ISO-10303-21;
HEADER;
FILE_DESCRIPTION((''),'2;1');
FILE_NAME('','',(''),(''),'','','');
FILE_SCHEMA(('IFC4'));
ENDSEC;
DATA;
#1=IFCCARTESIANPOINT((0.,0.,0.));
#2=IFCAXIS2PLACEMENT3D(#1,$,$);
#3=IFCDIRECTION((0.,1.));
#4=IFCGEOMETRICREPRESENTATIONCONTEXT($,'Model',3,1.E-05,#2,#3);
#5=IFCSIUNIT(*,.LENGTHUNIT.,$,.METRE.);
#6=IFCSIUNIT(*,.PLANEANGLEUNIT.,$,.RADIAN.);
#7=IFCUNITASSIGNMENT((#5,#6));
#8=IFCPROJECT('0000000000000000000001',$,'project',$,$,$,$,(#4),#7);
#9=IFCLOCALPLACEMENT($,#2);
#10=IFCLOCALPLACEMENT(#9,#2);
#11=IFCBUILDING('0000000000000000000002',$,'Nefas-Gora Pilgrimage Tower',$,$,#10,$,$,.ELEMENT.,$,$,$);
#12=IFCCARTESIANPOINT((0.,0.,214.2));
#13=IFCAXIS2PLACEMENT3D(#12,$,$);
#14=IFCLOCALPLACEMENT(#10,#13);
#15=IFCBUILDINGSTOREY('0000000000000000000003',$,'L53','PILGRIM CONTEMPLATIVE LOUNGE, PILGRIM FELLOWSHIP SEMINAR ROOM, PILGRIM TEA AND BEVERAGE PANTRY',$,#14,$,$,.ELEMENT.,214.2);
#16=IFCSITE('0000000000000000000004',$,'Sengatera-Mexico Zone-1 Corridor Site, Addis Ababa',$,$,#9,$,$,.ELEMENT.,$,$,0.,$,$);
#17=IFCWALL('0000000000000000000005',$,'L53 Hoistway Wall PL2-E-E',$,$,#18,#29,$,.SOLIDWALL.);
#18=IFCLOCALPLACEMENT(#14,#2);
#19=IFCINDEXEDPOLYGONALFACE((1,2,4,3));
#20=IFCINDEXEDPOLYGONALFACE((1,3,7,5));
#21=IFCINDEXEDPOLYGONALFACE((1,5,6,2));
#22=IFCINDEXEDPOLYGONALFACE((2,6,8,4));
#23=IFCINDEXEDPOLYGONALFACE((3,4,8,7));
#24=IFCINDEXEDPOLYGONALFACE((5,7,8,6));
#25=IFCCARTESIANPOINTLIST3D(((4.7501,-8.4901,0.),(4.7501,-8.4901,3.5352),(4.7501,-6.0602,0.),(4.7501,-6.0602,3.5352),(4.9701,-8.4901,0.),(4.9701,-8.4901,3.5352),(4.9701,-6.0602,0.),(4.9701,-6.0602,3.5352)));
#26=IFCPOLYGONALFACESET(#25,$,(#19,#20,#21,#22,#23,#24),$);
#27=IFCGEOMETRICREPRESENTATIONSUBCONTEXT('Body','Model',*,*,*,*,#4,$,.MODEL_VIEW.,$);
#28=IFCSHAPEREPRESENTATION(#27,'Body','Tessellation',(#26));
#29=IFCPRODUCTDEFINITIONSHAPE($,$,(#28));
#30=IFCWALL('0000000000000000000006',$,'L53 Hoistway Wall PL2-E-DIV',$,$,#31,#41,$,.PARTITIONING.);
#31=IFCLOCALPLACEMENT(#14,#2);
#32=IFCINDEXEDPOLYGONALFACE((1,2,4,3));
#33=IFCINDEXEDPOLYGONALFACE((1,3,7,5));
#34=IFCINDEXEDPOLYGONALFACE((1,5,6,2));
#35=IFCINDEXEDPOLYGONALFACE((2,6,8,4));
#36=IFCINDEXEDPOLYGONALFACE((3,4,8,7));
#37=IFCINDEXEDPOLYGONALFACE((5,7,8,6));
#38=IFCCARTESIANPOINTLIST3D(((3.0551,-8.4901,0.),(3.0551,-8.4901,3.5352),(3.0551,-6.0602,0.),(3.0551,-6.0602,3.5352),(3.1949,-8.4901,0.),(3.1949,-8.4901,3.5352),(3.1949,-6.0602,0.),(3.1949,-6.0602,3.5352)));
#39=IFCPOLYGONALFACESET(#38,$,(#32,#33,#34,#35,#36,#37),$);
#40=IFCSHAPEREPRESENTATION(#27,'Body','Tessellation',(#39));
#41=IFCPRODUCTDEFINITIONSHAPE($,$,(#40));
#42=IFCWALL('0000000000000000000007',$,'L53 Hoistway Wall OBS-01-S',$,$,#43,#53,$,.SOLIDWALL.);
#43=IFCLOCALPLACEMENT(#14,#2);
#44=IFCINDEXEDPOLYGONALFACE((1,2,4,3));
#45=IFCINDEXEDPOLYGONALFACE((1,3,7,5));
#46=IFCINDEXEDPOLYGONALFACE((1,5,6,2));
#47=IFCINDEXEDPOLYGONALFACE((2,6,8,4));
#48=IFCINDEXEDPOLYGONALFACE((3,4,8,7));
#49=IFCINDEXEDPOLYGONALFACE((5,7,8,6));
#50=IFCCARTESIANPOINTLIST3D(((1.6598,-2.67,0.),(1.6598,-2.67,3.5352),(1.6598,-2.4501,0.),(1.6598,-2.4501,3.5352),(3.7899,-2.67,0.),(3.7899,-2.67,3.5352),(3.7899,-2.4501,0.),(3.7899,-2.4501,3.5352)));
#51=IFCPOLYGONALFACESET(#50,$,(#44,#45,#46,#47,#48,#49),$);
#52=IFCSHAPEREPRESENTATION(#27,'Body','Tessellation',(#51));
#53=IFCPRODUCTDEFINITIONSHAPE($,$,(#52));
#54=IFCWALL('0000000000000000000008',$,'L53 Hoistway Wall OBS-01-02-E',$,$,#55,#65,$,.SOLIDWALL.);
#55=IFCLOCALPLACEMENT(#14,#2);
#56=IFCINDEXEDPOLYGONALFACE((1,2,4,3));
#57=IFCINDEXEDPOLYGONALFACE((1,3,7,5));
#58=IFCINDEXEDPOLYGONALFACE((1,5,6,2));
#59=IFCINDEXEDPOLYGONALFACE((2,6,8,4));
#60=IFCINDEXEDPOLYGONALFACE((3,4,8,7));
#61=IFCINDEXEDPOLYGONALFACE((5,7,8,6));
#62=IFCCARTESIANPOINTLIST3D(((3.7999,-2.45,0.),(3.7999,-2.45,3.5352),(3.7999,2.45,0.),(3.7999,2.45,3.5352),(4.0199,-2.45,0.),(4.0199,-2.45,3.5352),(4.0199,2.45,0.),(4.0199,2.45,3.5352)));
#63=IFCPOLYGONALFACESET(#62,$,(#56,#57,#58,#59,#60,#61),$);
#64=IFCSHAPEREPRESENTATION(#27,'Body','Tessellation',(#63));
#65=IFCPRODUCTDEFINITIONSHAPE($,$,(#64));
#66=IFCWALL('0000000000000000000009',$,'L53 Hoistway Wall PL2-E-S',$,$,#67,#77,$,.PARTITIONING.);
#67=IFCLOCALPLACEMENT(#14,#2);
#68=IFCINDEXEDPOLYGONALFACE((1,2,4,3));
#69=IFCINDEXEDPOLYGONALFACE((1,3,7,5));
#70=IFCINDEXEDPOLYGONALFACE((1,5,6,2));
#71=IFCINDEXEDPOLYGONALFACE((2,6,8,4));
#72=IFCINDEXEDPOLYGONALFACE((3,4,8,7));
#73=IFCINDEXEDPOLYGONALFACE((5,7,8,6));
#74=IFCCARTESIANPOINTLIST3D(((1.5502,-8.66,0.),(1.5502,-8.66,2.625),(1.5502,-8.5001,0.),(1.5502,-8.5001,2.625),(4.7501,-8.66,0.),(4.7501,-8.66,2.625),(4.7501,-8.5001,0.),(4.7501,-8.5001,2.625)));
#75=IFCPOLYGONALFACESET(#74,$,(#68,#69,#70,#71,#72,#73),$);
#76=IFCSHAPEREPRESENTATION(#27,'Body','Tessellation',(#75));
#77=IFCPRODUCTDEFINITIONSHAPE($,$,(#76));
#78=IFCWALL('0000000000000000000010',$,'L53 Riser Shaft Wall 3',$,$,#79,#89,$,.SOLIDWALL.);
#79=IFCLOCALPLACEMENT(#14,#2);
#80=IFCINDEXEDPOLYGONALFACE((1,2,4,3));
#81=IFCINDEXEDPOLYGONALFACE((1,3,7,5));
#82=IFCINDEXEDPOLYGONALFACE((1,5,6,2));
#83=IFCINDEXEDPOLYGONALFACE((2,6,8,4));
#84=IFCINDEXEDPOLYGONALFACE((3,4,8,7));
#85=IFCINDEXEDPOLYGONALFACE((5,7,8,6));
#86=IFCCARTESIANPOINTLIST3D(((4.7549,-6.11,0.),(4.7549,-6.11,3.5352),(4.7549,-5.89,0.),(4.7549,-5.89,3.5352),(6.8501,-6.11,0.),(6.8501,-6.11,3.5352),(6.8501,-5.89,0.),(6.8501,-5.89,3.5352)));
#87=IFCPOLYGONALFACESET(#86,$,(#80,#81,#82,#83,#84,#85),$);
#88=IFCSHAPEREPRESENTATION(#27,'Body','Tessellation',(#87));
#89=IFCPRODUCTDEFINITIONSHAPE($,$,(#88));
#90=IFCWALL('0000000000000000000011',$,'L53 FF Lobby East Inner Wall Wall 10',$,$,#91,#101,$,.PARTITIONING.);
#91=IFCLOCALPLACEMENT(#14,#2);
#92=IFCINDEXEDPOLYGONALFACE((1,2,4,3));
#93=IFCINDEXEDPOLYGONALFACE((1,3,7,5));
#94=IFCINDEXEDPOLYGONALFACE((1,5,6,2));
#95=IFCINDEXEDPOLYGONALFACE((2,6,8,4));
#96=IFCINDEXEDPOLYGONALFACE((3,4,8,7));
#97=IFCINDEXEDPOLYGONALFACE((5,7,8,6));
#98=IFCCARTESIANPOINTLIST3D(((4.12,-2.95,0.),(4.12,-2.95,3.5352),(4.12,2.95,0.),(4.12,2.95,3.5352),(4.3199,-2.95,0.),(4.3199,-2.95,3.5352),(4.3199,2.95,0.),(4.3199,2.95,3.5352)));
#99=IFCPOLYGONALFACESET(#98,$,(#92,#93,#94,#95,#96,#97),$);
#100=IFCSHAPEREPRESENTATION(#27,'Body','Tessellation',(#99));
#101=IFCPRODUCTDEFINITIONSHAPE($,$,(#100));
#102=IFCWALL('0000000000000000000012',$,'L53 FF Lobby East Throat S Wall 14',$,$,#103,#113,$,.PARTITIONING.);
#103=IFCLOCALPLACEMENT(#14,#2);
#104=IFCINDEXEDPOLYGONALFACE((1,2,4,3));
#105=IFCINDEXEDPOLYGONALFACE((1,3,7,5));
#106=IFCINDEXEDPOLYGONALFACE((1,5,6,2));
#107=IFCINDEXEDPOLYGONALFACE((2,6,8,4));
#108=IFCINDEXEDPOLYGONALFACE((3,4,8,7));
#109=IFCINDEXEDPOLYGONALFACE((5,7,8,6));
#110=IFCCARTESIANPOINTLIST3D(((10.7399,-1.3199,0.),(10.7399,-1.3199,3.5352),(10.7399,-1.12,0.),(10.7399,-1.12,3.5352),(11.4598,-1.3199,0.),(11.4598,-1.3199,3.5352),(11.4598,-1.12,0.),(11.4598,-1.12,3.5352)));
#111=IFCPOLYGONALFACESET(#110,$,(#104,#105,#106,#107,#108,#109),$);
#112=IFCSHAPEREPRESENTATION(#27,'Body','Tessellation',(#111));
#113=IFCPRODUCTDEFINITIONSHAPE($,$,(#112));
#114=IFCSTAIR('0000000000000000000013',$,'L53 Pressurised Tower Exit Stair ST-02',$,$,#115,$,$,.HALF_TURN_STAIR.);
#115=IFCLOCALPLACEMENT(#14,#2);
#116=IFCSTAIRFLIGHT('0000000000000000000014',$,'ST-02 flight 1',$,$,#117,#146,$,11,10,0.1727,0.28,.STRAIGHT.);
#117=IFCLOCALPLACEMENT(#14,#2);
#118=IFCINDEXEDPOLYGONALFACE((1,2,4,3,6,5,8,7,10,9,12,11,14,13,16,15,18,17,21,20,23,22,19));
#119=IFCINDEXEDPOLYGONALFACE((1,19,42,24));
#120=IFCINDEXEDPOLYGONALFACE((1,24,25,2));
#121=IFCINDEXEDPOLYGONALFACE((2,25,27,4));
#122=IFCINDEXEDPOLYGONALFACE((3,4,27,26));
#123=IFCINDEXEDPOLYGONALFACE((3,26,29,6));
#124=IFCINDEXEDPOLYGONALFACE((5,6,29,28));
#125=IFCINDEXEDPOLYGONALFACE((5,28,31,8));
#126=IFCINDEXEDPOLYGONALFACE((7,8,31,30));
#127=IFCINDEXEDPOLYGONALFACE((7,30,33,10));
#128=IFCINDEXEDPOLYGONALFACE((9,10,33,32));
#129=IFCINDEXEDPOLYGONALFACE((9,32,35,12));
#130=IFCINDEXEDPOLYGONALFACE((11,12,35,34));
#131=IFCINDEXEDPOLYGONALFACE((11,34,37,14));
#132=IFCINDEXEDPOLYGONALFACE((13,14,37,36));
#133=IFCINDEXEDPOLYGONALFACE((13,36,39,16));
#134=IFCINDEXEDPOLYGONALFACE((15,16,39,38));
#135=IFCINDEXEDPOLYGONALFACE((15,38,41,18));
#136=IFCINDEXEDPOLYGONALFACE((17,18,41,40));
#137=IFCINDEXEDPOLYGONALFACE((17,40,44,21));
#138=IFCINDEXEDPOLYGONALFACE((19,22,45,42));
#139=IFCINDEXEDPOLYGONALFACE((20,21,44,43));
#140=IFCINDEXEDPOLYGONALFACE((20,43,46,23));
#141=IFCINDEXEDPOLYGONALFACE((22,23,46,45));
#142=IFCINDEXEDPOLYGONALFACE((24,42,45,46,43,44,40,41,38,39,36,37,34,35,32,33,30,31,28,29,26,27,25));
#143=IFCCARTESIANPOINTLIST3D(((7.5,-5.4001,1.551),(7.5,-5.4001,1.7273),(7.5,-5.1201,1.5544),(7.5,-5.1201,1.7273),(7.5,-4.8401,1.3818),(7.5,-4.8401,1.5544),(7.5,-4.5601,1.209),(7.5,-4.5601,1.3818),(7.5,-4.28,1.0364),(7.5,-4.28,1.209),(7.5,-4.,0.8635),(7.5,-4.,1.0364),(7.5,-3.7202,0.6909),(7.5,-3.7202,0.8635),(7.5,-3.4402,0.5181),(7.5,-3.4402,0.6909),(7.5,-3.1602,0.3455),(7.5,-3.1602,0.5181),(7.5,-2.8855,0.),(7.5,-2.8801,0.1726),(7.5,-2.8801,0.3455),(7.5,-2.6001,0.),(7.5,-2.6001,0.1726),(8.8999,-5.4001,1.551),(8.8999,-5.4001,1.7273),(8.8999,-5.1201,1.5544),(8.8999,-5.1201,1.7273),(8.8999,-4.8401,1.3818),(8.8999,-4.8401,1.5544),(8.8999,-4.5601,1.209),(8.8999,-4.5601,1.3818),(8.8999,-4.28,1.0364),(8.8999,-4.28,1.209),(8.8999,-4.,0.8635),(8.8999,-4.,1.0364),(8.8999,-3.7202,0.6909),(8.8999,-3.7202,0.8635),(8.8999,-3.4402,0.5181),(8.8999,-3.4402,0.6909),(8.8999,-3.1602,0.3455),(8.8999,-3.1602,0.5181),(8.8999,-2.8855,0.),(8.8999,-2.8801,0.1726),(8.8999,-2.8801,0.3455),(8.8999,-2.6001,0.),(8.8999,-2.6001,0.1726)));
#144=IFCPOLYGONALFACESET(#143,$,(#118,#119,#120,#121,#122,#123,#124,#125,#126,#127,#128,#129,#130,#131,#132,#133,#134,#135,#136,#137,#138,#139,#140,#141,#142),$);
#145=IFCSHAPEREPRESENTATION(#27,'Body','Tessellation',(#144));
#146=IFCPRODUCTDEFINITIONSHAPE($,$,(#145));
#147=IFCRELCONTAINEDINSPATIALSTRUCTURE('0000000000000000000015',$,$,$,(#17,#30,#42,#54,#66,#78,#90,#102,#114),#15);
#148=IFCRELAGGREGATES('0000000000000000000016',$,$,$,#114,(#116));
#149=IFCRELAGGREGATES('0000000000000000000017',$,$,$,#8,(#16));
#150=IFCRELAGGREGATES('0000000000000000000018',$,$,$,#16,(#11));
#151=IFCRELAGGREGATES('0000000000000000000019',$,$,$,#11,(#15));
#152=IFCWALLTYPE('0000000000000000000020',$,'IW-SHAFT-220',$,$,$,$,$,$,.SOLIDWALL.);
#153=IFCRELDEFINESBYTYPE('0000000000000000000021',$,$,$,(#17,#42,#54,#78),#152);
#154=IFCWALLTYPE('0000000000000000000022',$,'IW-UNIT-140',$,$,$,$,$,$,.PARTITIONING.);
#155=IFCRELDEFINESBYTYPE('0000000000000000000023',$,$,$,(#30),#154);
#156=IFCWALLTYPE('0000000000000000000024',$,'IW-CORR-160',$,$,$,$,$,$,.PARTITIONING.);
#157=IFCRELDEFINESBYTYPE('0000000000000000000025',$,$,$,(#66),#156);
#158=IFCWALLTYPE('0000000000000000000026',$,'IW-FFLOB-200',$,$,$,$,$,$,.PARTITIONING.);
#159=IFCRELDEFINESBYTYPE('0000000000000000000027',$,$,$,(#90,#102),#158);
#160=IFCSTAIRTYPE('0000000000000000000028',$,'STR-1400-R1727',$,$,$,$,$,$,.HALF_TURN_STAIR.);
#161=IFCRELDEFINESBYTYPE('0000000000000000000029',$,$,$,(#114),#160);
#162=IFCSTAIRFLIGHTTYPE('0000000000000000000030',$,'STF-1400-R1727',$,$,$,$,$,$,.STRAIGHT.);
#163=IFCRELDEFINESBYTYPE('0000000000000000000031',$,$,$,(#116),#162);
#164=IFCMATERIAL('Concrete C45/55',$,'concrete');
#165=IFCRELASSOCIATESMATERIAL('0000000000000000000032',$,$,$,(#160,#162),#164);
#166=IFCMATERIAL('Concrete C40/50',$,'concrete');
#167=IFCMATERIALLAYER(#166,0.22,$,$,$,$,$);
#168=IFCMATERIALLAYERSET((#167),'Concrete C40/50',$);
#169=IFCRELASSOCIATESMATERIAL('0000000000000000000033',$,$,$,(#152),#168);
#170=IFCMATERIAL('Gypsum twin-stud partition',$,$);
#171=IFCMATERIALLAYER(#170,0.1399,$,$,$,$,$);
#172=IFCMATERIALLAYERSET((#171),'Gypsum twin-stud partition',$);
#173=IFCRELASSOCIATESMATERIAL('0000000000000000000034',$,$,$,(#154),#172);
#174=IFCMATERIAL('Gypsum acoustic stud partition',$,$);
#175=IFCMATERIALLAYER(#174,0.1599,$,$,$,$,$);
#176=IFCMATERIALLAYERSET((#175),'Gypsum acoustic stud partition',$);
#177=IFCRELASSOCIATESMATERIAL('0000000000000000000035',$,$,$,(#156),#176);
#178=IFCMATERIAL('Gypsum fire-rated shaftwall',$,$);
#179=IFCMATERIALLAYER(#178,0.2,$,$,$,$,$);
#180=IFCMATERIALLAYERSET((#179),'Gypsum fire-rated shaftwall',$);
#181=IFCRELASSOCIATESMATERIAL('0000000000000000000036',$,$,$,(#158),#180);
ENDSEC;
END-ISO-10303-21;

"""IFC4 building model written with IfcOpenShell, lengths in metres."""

from ifc_helpers import new_model, si_unit, direction, frame, frame_2d, origin, place, context, subcontext, project, spatial, polyline, rectangle, outline, extrude, source, transform, mapped, material, layer, layer_set, type_object, element, aggregate, save


model = new_model("IFC4")

# Units and contexts
model_context = context("Model", 3, precision=1e-05, world=origin(), true_north=direction((0.0, 1.0)))
body_context = subcontext(model_context, "Body", "Model", "MODEL_VIEW")
ifc_project = project(units=[si_unit("LENGTHUNIT", "METRE"), si_unit("PLANEANGLEUNIT", "RADIAN")], contexts=[model_context])

# Site, building, storey
site_placement = place(None, origin())
site = spatial("IfcSite", under=ifc_project, at=site_placement, Name="Sengatera-Mexico Zone-1 Corridor Site, Addis Ababa", CompositionType="ELEMENT", RefElevation=0.0)
building_placement = place(site_placement, origin())
building = spatial("IfcBuilding", under=site, at=building_placement, Name="Nefas-Gora Pilgrimage Tower", CompositionType="ELEMENT")
storey_placement = place(building_placement, frame((0.0, 0.0, 214.2)))
storey = spatial("IfcBuildingStorey", under=building, at=storey_placement, Name="L53", Description="PILGRIM CONTEMPLATIVE LOUNGE, PILGRIM FELLOWSHIP SEMINAR ROOM, PILGRIM TEA AND BEVERAGE PANTRY", CompositionType="ELEMENT", Elevation=214.2)

# Shared definitions
ifc_material_1 = material(Name="Concrete C40/50", Category="concrete")

# Shared definitions
ifc_material_2 = material(Name="Concrete C45/55", Category="concrete")
stair_type = type_object("IfcStairType", Name="STR-1400-R1727", PredefinedType="HALF_TURN_STAIR", material=ifc_material_2)

# Shared definitions
ifc_layer_1 = layer(ifc_material_1, 0.22)
ifc_layer_set_1 = layer_set([ifc_layer_1], Name="Concrete C40/50")
wall_type_1 = type_object("IfcWallType", Name="IW-SHAFT-220", PredefinedType="SOLIDWALL", material=ifc_layer_set_1)

# Walls
shared_shape_1 = source(origin(), body_context, "Body", "SweptSolid", [
    extrude(rectangle(XDim=2.4299, YDim=0.22, at=frame_2d((1.2148, 0.0))), origin(), (0.0, 0.0, 1.0), 3.5352),
])
for number, where, z_axis, x_axis, name in (
    (1, (4.8601, -8.49, 0.0), (0.0, 0.0, 1.0), (0.0, 1.0, 0.0), "L53 Hoistway Wall PL2-E-E"),
):
    element("IfcWall", number, at=place(storey_placement, frame(where, z_axis=z_axis, x_axis=x_axis)), inside=storey, type_object=wall_type_1, Name=name, PredefinedType="SOLIDWALL", context=body_context, shape_type="MappedRepresentation", body=[
        mapped(shared_shape_1, transform((0.0, 0.0, 0.0), x_axis=(1.0, 0.0, 0.0), y_axis=(0.0, 1.0, 0.0), z_axis=(0.0, 0.0, 1.0), scale=1.0)),
    ])
ifc_material_3 = material(Name="Gypsum twin-stud partition")
ifc_layer_2 = layer(ifc_material_3, 0.1399)
ifc_layer_set_2 = layer_set([ifc_layer_2], Name="Gypsum twin-stud partition")
wall_type_2 = type_object("IfcWallType", Name="IW-UNIT-140", PredefinedType="PARTITIONING", material=ifc_layer_set_2)
shared_shape_2 = source(origin(), body_context, "Body", "SweptSolid", [
    extrude(rectangle(XDim=2.4299, YDim=0.1399, at=frame_2d((1.2148, 0.0))), origin(), (0.0, 0.0, 1.0), 3.5352),
])
wall_1_placement = place(storey_placement, frame((3.125, -8.49, 0.0), z_axis=(0.0, 0.0, 1.0), x_axis=(0.0, 1.0, 0.0)))
element("IfcWall", 2, at=wall_1_placement, inside=storey, type_object=wall_type_2, Name="L53 Hoistway Wall PL2-E-DIV", PredefinedType="PARTITIONING", context=body_context, shape_type="MappedRepresentation", body=[
    mapped(shared_shape_2, transform((0.0, 0.0, 0.0), x_axis=(1.0, 0.0, 0.0), y_axis=(0.0, 1.0, 0.0), z_axis=(0.0, 0.0, 1.0), scale=1.0)),
])
shared_shape_3 = source(origin(), body_context, "Body", "SweptSolid", [
    extrude(rectangle(XDim=2.1301, YDim=0.22, at=frame_2d((1.0649, 0.0))), origin(), (0.0, 0.0, 1.0), 3.5352),
])
wall_2_placement = place(storey_placement, frame((1.6599, -2.5601, 0.0), z_axis=(0.0, 0.0, 1.0), x_axis=(1.0, 0.0, 0.0)))
element("IfcWall", 3, at=wall_2_placement, inside=storey, type_object=wall_type_1, Name="L53 Hoistway Wall OBS-01-S", PredefinedType="SOLIDWALL", context=body_context, shape_type="MappedRepresentation", body=[
    mapped(shared_shape_3, transform((0.0, 0.0, 0.0), x_axis=(1.0, 0.0, 0.0), y_axis=(0.0, 1.0, 0.0), z_axis=(0.0, 0.0, 1.0), scale=1.0)),
])
shared_shape_4 = source(origin(), body_context, "Body", "SweptSolid", [
    extrude(rectangle(XDim=4.8999, YDim=0.22, at=frame_2d((2.45, 0.0))), origin(), (0.0, 0.0, 1.0), 3.5352),
])
wall_3_placement = place(storey_placement, frame((3.9099, -2.45, 0.0), z_axis=(0.0, 0.0, 1.0), x_axis=(0.0, 1.0, 0.0)))
element("IfcWall", 4, at=wall_3_placement, inside=storey, type_object=wall_type_1, Name="L53 Hoistway Wall OBS-01-02-E", PredefinedType="SOLIDWALL", context=body_context, shape_type="MappedRepresentation", body=[
    mapped(shared_shape_4, transform((0.0, 0.0, 0.0), x_axis=(1.0, 0.0, 0.0), y_axis=(0.0, 1.0, 0.0), z_axis=(0.0, 0.0, 1.0), scale=1.0)),
])
ifc_material_4 = material(Name="Gypsum acoustic stud partition")
ifc_layer_3 = layer(ifc_material_4, 0.1599)
ifc_layer_set_3 = layer_set([ifc_layer_3], Name="Gypsum acoustic stud partition")
wall_type_3 = type_object("IfcWallType", Name="IW-CORR-160", PredefinedType="PARTITIONING", material=ifc_layer_set_3)
shared_shape_5 = source(origin(), body_context, "Body", "SweptSolid", [
    extrude(rectangle(XDim=3.2, YDim=0.1599, at=frame_2d((1.6001, 0.0))), origin(), (0.0, 0.0, 1.0), 2.625),
])
wall_4_placement = place(storey_placement, frame((1.55, -8.5801, 0.0), z_axis=(0.0, 0.0, 1.0), x_axis=(1.0, 0.0, 0.0)))
element("IfcWall", 5, at=wall_4_placement, inside=storey, type_object=wall_type_3, Name="L53 Hoistway Wall PL2-E-S", PredefinedType="PARTITIONING", context=body_context, shape_type="MappedRepresentation", body=[
    mapped(shared_shape_5, transform((0.0, 0.0, 0.0), x_axis=(1.0, 0.0, 0.0), y_axis=(0.0, 1.0, 0.0), z_axis=(0.0, 0.0, 1.0), scale=1.0)),
])
shared_shape_6 = source(origin(), body_context, "Body", "SweptSolid", [
    extrude(rectangle(XDim=2.0952, YDim=0.22, at=frame_2d((1.0476, 0.0))), origin(), (0.0, 0.0, 1.0), 3.5352),
])
wall_5_placement = place(storey_placement, frame((4.7549, -6.0, 0.0), z_axis=(0.0, 0.0, 1.0), x_axis=(1.0, 0.0, 0.0)))
element("IfcWall", 6, at=wall_5_placement, inside=storey, type_object=wall_type_1, Name="L53 Riser Shaft Wall 3", PredefinedType="SOLIDWALL", context=body_context, shape_type="MappedRepresentation", body=[
    mapped(shared_shape_6, transform((0.0, 0.0, 0.0), x_axis=(1.0, 0.0, 0.0), y_axis=(0.0, 1.0, 0.0), z_axis=(0.0, 0.0, 1.0), scale=1.0)),
])
ifc_material_5 = material(Name="Gypsum fire-rated shaftwall")
ifc_layer_4 = layer(ifc_material_5, 0.2)
ifc_layer_set_4 = layer_set([ifc_layer_4], Name="Gypsum fire-rated shaftwall")
wall_type_4 = type_object("IfcWallType", Name="IW-FFLOB-200", PredefinedType="PARTITIONING", material=ifc_layer_set_4)
shared_shape_7 = source(origin(), body_context, "Body", "SweptSolid", [
    extrude(rectangle(XDim=5.8999, YDim=0.2, at=frame_2d((2.95, 0.0))), origin(), (0.0, 0.0, 1.0), 3.5352),
])
wall_6_placement = place(storey_placement, frame((4.22, -2.95, 0.0), z_axis=(0.0, 0.0, 1.0), x_axis=(0.0, 1.0, 0.0)))
element("IfcWall", 7, at=wall_6_placement, inside=storey, type_object=wall_type_4, Name="L53 FF Lobby East Inner Wall Wall 10", PredefinedType="PARTITIONING", context=body_context, shape_type="MappedRepresentation", body=[
    mapped(shared_shape_7, transform((0.0, 0.0, 0.0), x_axis=(1.0, 0.0, 0.0), y_axis=(0.0, 1.0, 0.0), z_axis=(0.0, 0.0, 1.0), scale=1.0)),
])
shared_shape_8 = source(origin(), body_context, "Body", "SweptSolid", [
    extrude(rectangle(XDim=0.72, YDim=0.2, at=frame_2d((0.3599, 0.0))), origin(), (0.0, 0.0, 1.0), 3.5352),
])
wall_7_placement = place(storey_placement, frame((10.74, -1.22, 0.0), z_axis=(0.0, 0.0, 1.0), x_axis=(1.0, 0.0, 0.0)))
element("IfcWall", 8, at=wall_7_placement, inside=storey, type_object=wall_type_4, Name="L53 FF Lobby East Throat S Wall 14", PredefinedType="PARTITIONING", context=body_context, shape_type="MappedRepresentation", body=[
    mapped(shared_shape_8, transform((0.0, 0.0, 0.0), x_axis=(1.0, 0.0, 0.0), y_axis=(0.0, 1.0, 0.0), z_axis=(0.0, 0.0, 1.0), scale=1.0)),
])

# Stair, stair flight
stair_1_placement = place(storey_placement, origin())
stair_1 = element("IfcStair", 9, at=stair_1_placement, inside=storey, type_object=stair_type, Name="L53 Pressurised Tower Exit Stair ST-02", PredefinedType="HALF_TURN_STAIR")
stair_flight_type = type_object("IfcStairFlightType", Name="STF-1400-R1727", PredefinedType="STRAIGHT", material=ifc_material_2)
shared_shape_9 = source(origin(), body_context, "Body", "SweptSolid", [
    extrude(outline(polyline([(0.0, 0.0), (0.0, 0.1726), (0.28, 0.1726), (0.28, 0.3455), (0.5601, 0.3455), (0.5601, 0.5181), (0.8401, 0.5181), (0.8401, 0.6909), (1.1201, 0.6909), (1.1201, 0.8635), (1.3999, 0.8635), (1.3999, 1.0364), (1.6799, 1.0364), (1.6799, 1.209), (1.96, 1.209), (1.96, 1.3818), (2.24, 1.3818), (2.24, 1.5544), (2.52, 1.5544), (2.52, 1.7273), (2.8, 1.7273), (2.8, 1.8999), (2.8, 1.551), (0.2854, 0.0), (0.0, 0.0)])), frame((0.0, 0.7, 0.0), z_axis=(0.0, -1.0, 0.0), x_axis=(1.0, 0.0, 0.0)), (0.0, 0.0, 1.0), 1.3999),
])
stair_flight_1_placement = place(storey_placement, frame((8.2, -2.6001, 0.0), z_axis=(0.0, 0.0, 1.0), x_axis=(0.0, -1.0, 0.0)))
stair_flight_1 = element("IfcStairFlight", 10, at=stair_flight_1_placement, type_object=stair_flight_type, Name="ST-02 flight 1", NumberOfRisers=11, NumberOfTreads=10, PredefinedType="STRAIGHT", RiserHeight=0.1727, TreadLength=0.28, context=body_context, shape_type="MappedRepresentation", body=[
    mapped(shared_shape_9, transform((0.0, 0.0, 0.0), x_axis=(1.0, 0.0, 0.0), y_axis=(0.0, 1.0, 0.0), z_axis=(0.0, 0.0, 1.0), scale=1.0)),
])
aggregate(stair_1, [stair_flight_1])

save(model, "model.ifc")
